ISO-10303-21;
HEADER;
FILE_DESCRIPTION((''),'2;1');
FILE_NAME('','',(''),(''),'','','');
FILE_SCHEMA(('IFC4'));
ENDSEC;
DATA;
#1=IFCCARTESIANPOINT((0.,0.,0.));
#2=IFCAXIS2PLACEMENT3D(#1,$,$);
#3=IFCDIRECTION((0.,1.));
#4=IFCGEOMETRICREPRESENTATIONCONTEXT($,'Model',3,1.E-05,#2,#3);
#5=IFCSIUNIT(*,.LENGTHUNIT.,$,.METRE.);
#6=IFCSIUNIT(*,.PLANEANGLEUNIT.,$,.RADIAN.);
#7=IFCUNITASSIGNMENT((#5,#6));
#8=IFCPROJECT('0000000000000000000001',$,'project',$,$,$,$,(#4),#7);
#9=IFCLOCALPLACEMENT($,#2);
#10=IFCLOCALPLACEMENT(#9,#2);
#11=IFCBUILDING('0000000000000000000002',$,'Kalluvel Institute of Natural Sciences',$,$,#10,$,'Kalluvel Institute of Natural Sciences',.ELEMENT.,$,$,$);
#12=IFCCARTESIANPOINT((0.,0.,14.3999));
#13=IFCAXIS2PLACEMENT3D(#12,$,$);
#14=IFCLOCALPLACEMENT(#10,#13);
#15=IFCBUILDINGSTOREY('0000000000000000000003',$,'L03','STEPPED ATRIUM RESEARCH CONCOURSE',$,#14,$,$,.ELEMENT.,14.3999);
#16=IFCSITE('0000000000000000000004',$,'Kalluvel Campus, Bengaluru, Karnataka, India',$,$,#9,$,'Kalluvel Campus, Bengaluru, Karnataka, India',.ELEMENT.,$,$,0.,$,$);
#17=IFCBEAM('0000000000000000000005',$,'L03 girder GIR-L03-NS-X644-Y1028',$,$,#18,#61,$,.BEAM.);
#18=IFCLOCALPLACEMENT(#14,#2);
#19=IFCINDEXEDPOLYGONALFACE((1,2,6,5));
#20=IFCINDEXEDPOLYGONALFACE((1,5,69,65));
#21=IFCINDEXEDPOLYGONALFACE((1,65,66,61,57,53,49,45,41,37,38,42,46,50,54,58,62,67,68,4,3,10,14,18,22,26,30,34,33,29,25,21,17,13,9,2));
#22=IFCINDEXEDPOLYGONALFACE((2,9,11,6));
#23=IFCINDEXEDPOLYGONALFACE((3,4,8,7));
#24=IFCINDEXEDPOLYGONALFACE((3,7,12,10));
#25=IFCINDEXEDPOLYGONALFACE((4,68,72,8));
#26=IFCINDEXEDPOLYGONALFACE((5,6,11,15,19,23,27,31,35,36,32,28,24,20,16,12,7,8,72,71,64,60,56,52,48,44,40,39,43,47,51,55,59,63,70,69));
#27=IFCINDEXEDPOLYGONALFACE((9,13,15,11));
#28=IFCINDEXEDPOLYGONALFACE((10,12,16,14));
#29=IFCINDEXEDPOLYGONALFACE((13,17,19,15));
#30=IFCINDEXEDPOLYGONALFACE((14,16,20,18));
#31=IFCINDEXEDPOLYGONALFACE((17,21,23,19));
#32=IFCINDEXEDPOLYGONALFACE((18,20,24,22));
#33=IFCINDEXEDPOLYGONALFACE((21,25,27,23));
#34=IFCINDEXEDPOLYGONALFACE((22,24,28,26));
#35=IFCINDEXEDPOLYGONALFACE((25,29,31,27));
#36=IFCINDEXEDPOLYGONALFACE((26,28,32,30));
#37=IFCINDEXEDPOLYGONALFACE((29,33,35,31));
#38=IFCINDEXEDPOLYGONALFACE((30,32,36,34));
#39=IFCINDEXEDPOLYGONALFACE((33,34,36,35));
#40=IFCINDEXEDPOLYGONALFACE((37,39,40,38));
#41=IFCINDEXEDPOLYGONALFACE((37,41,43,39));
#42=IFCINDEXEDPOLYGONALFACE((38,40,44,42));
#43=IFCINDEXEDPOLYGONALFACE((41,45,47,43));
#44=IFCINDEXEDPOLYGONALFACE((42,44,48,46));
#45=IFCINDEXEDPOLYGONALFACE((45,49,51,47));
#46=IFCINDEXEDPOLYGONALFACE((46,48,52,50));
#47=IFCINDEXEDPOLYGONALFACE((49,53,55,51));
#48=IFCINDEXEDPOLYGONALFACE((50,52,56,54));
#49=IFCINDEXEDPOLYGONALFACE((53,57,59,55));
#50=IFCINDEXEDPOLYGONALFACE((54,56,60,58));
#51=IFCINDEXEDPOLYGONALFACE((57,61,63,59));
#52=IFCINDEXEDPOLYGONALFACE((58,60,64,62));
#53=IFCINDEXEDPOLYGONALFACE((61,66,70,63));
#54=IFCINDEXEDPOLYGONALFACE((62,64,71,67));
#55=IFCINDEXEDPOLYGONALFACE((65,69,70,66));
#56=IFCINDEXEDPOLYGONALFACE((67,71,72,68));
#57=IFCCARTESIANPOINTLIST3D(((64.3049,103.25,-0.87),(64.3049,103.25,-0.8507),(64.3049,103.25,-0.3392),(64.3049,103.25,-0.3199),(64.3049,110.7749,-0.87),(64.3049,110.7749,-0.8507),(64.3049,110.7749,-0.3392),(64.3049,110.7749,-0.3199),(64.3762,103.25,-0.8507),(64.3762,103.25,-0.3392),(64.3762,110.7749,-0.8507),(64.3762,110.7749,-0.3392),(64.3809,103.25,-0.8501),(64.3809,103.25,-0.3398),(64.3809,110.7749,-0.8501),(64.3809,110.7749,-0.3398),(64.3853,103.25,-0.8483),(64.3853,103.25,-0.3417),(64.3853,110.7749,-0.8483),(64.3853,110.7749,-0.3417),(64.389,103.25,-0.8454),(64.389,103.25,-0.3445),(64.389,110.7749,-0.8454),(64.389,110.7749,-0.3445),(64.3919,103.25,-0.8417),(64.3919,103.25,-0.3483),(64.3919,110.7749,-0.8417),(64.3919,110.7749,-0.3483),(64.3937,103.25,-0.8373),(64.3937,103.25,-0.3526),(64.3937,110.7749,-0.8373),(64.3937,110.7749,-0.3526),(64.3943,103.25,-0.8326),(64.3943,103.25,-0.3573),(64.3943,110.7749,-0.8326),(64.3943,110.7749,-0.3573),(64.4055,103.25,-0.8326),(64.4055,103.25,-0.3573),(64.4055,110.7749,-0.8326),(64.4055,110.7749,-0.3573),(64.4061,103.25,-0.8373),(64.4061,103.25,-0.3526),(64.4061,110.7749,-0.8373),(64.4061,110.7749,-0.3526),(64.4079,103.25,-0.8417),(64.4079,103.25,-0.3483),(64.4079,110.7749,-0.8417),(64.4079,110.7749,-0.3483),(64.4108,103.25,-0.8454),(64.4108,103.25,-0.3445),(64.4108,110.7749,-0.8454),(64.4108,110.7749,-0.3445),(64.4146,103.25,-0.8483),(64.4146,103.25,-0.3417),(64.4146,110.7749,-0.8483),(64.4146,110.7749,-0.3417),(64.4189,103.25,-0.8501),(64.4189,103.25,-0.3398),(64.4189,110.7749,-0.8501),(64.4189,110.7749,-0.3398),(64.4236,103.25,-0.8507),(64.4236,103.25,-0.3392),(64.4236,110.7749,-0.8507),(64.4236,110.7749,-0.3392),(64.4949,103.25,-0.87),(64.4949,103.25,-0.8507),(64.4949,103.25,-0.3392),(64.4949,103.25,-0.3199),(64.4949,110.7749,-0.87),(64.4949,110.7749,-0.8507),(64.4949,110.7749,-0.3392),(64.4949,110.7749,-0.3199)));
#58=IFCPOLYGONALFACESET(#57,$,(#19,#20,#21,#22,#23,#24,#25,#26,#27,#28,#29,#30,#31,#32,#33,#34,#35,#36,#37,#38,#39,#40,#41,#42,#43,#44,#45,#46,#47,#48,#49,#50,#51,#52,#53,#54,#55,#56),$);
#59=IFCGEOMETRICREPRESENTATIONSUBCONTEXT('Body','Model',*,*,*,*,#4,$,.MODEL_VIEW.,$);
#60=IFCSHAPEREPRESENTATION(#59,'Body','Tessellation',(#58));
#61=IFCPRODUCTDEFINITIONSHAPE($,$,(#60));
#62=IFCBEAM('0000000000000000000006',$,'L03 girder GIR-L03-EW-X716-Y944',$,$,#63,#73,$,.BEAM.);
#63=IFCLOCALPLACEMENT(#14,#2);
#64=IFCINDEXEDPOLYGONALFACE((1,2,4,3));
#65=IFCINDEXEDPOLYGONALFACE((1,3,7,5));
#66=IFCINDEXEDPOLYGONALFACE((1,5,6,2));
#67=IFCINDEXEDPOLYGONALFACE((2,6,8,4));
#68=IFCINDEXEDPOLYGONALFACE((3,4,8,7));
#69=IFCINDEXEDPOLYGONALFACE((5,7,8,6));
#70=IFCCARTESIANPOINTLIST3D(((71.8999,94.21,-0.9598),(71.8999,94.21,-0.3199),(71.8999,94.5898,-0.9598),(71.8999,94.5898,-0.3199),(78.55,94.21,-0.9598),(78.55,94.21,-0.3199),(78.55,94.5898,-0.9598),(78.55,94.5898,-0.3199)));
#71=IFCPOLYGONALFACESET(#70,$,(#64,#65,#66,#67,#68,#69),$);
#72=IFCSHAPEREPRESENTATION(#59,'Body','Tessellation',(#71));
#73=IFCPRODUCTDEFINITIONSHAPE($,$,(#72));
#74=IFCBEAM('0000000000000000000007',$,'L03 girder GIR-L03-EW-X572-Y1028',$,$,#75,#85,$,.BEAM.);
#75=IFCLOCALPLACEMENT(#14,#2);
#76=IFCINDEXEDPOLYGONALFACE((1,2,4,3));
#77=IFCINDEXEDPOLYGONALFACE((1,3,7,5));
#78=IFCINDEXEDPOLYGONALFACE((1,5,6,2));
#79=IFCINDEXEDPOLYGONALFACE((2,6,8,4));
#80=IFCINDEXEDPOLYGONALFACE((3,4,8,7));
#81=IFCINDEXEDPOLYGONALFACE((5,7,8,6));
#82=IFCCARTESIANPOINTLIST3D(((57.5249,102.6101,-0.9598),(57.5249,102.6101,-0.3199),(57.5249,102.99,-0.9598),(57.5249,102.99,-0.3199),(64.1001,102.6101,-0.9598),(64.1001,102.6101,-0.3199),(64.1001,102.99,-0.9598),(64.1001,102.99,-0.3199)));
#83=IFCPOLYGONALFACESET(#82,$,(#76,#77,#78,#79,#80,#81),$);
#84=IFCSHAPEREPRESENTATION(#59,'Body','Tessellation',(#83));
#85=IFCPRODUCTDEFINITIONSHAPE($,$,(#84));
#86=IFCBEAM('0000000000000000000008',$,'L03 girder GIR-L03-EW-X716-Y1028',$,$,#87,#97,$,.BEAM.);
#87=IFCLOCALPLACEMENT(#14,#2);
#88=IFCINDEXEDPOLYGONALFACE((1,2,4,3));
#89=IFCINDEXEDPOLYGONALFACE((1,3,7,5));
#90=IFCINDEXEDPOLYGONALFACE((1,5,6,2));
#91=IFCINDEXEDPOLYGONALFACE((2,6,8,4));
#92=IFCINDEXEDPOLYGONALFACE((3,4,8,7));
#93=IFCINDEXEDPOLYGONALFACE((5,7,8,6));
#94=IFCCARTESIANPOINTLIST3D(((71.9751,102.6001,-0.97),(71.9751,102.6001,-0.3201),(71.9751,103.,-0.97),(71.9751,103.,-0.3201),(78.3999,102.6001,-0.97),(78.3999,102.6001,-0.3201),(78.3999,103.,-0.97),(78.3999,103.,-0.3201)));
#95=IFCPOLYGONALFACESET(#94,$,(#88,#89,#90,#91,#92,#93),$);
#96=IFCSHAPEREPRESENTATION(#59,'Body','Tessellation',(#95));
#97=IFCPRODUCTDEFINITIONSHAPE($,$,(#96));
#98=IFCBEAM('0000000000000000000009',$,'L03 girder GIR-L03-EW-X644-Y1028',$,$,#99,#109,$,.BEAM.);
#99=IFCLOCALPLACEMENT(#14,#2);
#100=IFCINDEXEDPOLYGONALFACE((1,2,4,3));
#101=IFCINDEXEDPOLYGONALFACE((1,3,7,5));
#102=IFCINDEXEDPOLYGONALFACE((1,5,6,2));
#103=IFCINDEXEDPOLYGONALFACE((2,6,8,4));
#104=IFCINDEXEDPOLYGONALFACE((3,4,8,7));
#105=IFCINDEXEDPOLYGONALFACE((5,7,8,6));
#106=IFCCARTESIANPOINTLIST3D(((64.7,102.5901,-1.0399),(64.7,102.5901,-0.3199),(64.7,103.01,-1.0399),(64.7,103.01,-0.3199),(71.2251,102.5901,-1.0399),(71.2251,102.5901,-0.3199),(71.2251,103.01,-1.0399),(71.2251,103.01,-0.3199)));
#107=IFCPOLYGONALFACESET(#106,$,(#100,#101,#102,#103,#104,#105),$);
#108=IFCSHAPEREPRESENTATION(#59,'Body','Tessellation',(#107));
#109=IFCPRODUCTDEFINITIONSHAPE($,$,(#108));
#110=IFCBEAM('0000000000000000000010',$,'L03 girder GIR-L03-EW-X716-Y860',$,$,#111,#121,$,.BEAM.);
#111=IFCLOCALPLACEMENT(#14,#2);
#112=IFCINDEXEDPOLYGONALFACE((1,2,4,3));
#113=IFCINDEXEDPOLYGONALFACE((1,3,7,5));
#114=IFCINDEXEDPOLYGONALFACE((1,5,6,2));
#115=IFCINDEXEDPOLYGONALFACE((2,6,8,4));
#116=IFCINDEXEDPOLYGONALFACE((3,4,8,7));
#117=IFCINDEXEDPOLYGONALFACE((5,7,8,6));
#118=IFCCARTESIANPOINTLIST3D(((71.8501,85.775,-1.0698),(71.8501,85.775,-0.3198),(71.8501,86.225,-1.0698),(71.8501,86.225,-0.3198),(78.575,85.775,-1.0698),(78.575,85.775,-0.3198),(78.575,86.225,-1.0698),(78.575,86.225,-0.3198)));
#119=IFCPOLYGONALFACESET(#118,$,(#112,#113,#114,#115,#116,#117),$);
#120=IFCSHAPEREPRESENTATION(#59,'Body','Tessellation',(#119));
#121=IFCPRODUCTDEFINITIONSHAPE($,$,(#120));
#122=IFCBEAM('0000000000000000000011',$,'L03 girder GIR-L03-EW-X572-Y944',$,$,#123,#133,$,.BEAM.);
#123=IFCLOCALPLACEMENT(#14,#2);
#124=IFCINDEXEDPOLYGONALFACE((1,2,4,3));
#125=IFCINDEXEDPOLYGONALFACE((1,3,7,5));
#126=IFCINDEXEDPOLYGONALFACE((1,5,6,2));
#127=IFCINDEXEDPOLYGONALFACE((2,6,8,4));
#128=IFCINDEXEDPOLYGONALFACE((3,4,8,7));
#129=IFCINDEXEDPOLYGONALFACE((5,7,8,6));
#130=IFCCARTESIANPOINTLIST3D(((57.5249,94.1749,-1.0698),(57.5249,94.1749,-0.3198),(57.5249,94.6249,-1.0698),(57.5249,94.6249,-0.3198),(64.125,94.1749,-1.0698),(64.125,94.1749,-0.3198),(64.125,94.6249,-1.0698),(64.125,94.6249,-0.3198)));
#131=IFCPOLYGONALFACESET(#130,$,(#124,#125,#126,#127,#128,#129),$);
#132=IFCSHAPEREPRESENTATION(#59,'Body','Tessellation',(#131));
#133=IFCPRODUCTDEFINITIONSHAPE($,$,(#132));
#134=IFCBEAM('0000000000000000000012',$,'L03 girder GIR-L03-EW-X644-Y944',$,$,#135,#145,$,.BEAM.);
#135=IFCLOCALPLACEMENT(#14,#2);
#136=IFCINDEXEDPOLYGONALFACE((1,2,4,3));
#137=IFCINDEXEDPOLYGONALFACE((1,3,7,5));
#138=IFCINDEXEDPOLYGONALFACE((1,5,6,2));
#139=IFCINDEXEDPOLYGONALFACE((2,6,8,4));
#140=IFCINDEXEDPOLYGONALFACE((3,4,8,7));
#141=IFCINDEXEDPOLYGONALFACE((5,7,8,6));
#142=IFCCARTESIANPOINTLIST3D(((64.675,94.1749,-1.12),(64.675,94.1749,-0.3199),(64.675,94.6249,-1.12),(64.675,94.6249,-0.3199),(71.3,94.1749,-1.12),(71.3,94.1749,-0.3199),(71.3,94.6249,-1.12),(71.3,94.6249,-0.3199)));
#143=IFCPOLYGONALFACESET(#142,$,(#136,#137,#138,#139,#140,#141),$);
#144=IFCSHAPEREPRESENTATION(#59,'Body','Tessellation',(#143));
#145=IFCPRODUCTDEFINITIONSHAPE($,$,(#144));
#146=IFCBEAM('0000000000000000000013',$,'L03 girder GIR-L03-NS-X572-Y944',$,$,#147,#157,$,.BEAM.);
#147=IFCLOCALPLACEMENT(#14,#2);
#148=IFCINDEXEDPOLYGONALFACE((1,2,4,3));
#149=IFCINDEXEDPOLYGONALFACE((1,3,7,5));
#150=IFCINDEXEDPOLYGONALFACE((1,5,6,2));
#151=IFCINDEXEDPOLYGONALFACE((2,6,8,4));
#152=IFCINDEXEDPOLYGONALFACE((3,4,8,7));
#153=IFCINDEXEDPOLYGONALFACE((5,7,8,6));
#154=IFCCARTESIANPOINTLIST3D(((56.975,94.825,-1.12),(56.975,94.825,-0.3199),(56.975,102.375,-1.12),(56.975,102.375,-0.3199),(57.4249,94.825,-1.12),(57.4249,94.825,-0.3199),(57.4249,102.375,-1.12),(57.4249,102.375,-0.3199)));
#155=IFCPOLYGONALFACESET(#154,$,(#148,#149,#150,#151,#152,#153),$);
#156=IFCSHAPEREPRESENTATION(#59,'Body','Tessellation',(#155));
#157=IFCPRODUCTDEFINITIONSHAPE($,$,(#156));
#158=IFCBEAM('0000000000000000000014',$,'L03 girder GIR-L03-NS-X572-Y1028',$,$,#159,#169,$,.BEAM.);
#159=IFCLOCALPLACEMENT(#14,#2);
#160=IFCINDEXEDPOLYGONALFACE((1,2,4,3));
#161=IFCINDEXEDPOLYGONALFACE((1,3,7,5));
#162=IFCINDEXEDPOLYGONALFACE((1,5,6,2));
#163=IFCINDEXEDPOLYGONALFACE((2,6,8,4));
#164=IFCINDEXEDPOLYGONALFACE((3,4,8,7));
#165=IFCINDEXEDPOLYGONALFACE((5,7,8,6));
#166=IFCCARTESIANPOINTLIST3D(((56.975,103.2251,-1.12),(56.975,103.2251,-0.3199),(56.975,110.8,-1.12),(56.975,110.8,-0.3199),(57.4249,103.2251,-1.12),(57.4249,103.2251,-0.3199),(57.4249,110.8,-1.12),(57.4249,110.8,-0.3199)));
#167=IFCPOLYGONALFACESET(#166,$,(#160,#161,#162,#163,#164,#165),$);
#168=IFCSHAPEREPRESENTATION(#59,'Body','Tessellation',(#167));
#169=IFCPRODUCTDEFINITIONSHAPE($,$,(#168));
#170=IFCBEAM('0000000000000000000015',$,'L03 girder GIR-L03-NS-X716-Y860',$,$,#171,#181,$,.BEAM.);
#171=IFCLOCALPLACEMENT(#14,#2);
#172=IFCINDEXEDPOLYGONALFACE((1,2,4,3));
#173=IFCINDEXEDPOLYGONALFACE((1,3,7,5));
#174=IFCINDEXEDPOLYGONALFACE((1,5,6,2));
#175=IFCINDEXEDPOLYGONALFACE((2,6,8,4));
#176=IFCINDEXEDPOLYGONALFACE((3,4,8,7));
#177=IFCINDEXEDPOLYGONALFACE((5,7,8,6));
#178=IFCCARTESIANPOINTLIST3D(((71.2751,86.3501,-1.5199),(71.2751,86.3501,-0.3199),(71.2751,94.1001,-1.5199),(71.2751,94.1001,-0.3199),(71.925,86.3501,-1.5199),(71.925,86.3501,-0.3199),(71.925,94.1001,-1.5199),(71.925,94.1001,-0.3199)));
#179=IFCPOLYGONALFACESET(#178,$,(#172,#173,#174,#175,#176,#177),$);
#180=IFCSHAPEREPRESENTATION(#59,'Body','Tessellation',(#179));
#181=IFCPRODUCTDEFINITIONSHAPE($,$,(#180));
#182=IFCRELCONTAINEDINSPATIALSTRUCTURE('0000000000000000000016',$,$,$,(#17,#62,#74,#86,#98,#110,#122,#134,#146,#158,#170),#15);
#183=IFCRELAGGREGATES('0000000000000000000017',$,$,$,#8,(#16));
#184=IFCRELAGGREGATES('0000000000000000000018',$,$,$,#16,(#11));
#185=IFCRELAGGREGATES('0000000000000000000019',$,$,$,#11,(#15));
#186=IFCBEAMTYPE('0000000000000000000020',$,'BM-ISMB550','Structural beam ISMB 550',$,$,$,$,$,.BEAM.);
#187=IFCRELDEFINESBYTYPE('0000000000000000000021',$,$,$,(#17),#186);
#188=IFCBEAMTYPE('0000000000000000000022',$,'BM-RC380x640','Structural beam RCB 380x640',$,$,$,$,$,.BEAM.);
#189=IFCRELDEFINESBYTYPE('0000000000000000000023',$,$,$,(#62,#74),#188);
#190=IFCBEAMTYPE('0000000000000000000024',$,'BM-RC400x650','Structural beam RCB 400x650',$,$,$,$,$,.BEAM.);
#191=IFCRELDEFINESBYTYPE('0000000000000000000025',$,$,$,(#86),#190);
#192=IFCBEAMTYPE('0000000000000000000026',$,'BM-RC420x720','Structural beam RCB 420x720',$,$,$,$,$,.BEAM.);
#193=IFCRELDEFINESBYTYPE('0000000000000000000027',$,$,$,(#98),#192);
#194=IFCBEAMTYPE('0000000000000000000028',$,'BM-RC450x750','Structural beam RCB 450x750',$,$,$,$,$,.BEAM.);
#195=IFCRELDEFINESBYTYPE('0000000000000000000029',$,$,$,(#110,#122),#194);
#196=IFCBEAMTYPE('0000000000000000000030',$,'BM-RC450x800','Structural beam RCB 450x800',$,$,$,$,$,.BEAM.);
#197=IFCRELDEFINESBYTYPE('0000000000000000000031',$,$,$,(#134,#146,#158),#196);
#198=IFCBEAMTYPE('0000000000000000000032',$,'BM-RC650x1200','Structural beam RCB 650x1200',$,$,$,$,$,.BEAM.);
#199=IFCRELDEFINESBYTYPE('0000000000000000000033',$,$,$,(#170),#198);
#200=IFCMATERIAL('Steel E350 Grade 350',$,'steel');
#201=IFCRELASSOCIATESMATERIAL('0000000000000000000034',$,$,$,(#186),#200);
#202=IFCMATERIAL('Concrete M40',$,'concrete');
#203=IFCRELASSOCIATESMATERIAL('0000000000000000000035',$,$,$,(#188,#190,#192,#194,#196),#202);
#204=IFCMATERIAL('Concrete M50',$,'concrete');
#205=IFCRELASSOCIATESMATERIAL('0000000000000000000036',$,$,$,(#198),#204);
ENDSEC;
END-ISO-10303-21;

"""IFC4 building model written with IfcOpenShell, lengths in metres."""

from ifc_helpers import new_model, si_unit, direction, frame, origin, origin_2d, place, context, subcontext, project, spatial, rectangle, i_section, extrude, material, material_profile, profile_set, type_object, element, save


model = new_model("IFC4")

# Units and contexts
model_context = context("Model", 3, precision=1e-05, world=origin(), true_north=direction((0.0, 1.0)))
body_context = subcontext(model_context, "Body", "Model", "MODEL_VIEW")
ifc_project = project(units=[si_unit("LENGTHUNIT", "METRE"), si_unit("PLANEANGLEUNIT", "RADIAN")], contexts=[model_context])

# Site, building, storey
site_placement = place(None, origin())
site = spatial("IfcSite", under=ifc_project, at=site_placement, Name="Kalluvel Campus, Bengaluru, Karnataka, India", LongName="Kalluvel Campus, Bengaluru, Karnataka, India", CompositionType="ELEMENT", RefElevation=0.0)
building_placement = place(site_placement, origin())
building = spatial("IfcBuilding", under=site, at=building_placement, Name="Kalluvel Institute of Natural Sciences", LongName="Kalluvel Institute of Natural Sciences", CompositionType="ELEMENT")
storey_placement = place(building_placement, frame((0.0, 0.0, 14.3999)))
storey = spatial("IfcBuildingStorey", under=building, at=storey_placement, Name="L03", Description="STEPPED ATRIUM RESEARCH CONCOURSE", CompositionType="ELEMENT", Elevation=14.3999)

# Shared definitions
ifc_material_1 = material(Name="Concrete M40", Category="concrete")
ifc_material_2 = material(Name="Concrete M50", Category="concrete")

# Beams
ifc_material_3 = material(Name="Steel E350 Grade 350", Category="steel")
ifc_material_profile_1 = material_profile(ifc_material_3, i_section(OverallWidth=0.1899, OverallDepth=0.55, WebThickness=0.0112, FlangeThickness=0.0193, FilletRadius=0.0181, at=origin_2d()), Name="ISMB 550")
ifc_profile_set_1 = profile_set([ifc_material_profile_1], Name="Steel E350 Grade 350")
beam_type_1 = type_object("IfcBeamType", Name="BM-ISMB550", Description="Structural beam ISMB 550", PredefinedType="BEAM", material=ifc_profile_set_1)
beam_1_placement = place(storey_placement, frame((64.3999, 103.25, -0.595), z_axis=(0.0, 1.0, 0.0), x_axis=(-1.0, 0.0, 0.0)))
element("IfcBeam", 1, at=beam_1_placement, inside=storey, type_object=beam_type_1, Name="L03 girder GIR-L03-NS-X644-Y1028", PredefinedType="BEAM", context=body_context, shape_type="SweptSolid", body=[
    extrude(i_section(OverallWidth=0.1899, OverallDepth=0.55, WebThickness=0.0112, FlangeThickness=0.0193, FilletRadius=0.0181, at=origin_2d()), origin(), (0.0, 0.0, 1.0), 7.5249),
])
ifc_material_profile_2 = material_profile(ifc_material_1, rectangle(XDim=0.3799, YDim=0.6399, at=origin_2d()), Name="RCB 380x640")
ifc_profile_set_2 = profile_set([ifc_material_profile_2], Name="Concrete M40")
beam_type_2 = type_object("IfcBeamType", Name="BM-RC380x640", Description="Structural beam RCB 380x640", PredefinedType="BEAM", material=ifc_profile_set_2)
beam_2_placement = place(storey_placement, frame((71.8999, 94.3999, -0.6399), z_axis=(1.0, 0.0, 0.0), x_axis=(0.0, 1.0, 0.0)))
element("IfcBeam", 2, at=beam_2_placement, inside=storey, type_object=beam_type_2, Name="L03 girder GIR-L03-EW-X716-Y944", PredefinedType="BEAM", context=body_context, shape_type="SweptSolid", body=[
    extrude(rectangle(XDim=0.3799, YDim=0.6399, at=origin_2d()), origin(), (0.0, 0.0, 1.0), 6.6501),
])
beam_3_placement = place(storey_placement, frame((57.5249, 102.8, -0.6399), z_axis=(1.0, 0.0, 0.0), x_axis=(0.0, 1.0, 0.0)))
element("IfcBeam", 3, at=beam_3_placement, inside=storey, type_object=beam_type_2, Name="L03 girder GIR-L03-EW-X572-Y1028", PredefinedType="BEAM", context=body_context, shape_type="SweptSolid", body=[
    extrude(rectangle(XDim=0.3799, YDim=0.6399, at=origin_2d()), origin(), (0.0, 0.0, 1.0), 6.5752),
])
ifc_material_profile_3 = material_profile(ifc_material_1, rectangle(XDim=0.3999, YDim=0.6499, at=origin_2d()), Name="RCB 400x650")
ifc_profile_set_3 = profile_set([ifc_material_profile_3], Name="Concrete M40")
beam_type_3 = type_object("IfcBeamType", Name="BM-RC400x650", Description="Structural beam RCB 400x650", PredefinedType="BEAM", material=ifc_profile_set_3)
beam_4_placement = place(storey_placement, frame((71.9751, 102.8, -0.645), z_axis=(1.0, 0.0, 0.0), x_axis=(0.0, 1.0, 0.0)))
element("IfcBeam", 4, at=beam_4_placement, inside=storey, type_object=beam_type_3, Name="L03 girder GIR-L03-EW-X716-Y1028", PredefinedType="BEAM", context=body_context, shape_type="SweptSolid", body=[
    extrude(rectangle(XDim=0.3999, YDim=0.6499, at=origin_2d()), origin(), (0.0, 0.0, 1.0), 6.4248),
])
ifc_material_profile_4 = material_profile(ifc_material_1, rectangle(XDim=0.4199, YDim=0.72, at=origin_2d()), Name="RCB 420x720")
ifc_profile_set_4 = profile_set([ifc_material_profile_4], Name="Concrete M40")
beam_type_4 = type_object("IfcBeamType", Name="BM-RC420x720", Description="Structural beam RCB 420x720", PredefinedType="BEAM", material=ifc_profile_set_4)
beam_5_placement = place(storey_placement, frame((64.7, 102.8, -0.6799), z_axis=(1.0, 0.0, 0.0), x_axis=(0.0, 1.0, 0.0)))
element("IfcBeam", 5, at=beam_5_placement, inside=storey, type_object=beam_type_4, Name="L03 girder GIR-L03-EW-X644-Y1028", PredefinedType="BEAM", context=body_context, shape_type="SweptSolid", body=[
    extrude(rectangle(XDim=0.4199, YDim=0.72, at=origin_2d()), origin(), (0.0, 0.0, 1.0), 6.5251),
])
ifc_material_profile_5 = material_profile(ifc_material_1, rectangle(XDim=0.45, YDim=0.75, at=origin_2d()), Name="RCB 450x750")
ifc_profile_set_5 = profile_set([ifc_material_profile_5], Name="Concrete M40")
beam_type_5 = type_object("IfcBeamType", Name="BM-RC450x750", Description="Structural beam RCB 450x750", PredefinedType="BEAM", material=ifc_profile_set_5)
beam_6_placement = place(storey_placement, frame((71.8501, 86.0, -0.6948), z_axis=(1.0, 0.0, 0.0), x_axis=(0.0, 1.0, 0.0)))
element("IfcBeam", 6, at=beam_6_placement, inside=storey, type_object=beam_type_5, Name="L03 girder GIR-L03-EW-X716-Y860", PredefinedType="BEAM", context=body_context, shape_type="SweptSolid", body=[
    extrude(rectangle(XDim=0.45, YDim=0.75, at=origin_2d()), origin(), (0.0, 0.0, 1.0), 6.7249),
])
beam_7_placement = place(storey_placement, frame((57.5249, 94.3999, -0.6948), z_axis=(1.0, 0.0, 0.0), x_axis=(0.0, 1.0, 0.0)))
element("IfcBeam", 7, at=beam_7_placement, inside=storey, type_object=beam_type_5, Name="L03 girder GIR-L03-EW-X572-Y944", PredefinedType="BEAM", context=body_context, shape_type="SweptSolid", body=[
    extrude(rectangle(XDim=0.45, YDim=0.75, at=origin_2d()), origin(), (0.0, 0.0, 1.0), 6.6001),
])
ifc_material_profile_6 = material_profile(ifc_material_1, rectangle(XDim=0.45, YDim=0.8, at=origin_2d()), Name="RCB 450x800")
ifc_profile_set_6 = profile_set([ifc_material_profile_6], Name="Concrete M40")
beam_type_6 = type_object("IfcBeamType", Name="BM-RC450x800", Description="Structural beam RCB 450x800", PredefinedType="BEAM", material=ifc_profile_set_6)
beam_8_placement = place(storey_placement, frame((64.675, 94.3999, -0.72), z_axis=(1.0, 0.0, 0.0), x_axis=(0.0, 1.0, 0.0)))
element("IfcBeam", 8, at=beam_8_placement, inside=storey, type_object=beam_type_6, Name="L03 girder GIR-L03-EW-X644-Y944", PredefinedType="BEAM", context=body_context, shape_type="SweptSolid", body=[
    extrude(rectangle(XDim=0.45, YDim=0.8, at=origin_2d()), origin(), (0.0, 0.0, 1.0), 6.625),
])
beam_9_placement = place(storey_placement, frame((57.2, 94.825, -0.72), z_axis=(0.0, 1.0, 0.0), x_axis=(-1.0, 0.0, 0.0)))
element("IfcBeam", 9, at=beam_9_placement, inside=storey, type_object=beam_type_6, Name="L03 girder GIR-L03-NS-X572-Y944", PredefinedType="BEAM", context=body_context, shape_type="SweptSolid", body=[
    extrude(rectangle(XDim=0.45, YDim=0.8, at=origin_2d()), origin(), (0.0, 0.0, 1.0), 7.55),
])
beam_10_placement = place(storey_placement, frame((57.2, 103.2251, -0.72), z_axis=(0.0, 1.0, 0.0), x_axis=(-1.0, 0.0, 0.0)))
element("IfcBeam", 10, at=beam_10_placement, inside=storey, type_object=beam_type_6, Name="L03 girder GIR-L03-NS-X572-Y1028", PredefinedType="BEAM", context=body_context, shape_type="SweptSolid", body=[
    extrude(rectangle(XDim=0.45, YDim=0.8, at=origin_2d()), origin(), (0.0, 0.0, 1.0), 7.575),
])
ifc_material_profile_7 = material_profile(ifc_material_2, rectangle(XDim=0.6499, YDim=1.2, at=origin_2d()), Name="RCB 650x1200")
ifc_profile_set_7 = profile_set([ifc_material_profile_7], Name="Concrete M50")
beam_type_7 = type_object("IfcBeamType", Name="BM-RC650x1200", Description="Structural beam RCB 650x1200", PredefinedType="BEAM", material=ifc_profile_set_7)
beam_11_placement = place(storey_placement, frame((71.6001, 86.3501, -0.9199), z_axis=(0.0, 1.0, 0.0), x_axis=(-1.0, 0.0, 0.0)))
element("IfcBeam", 11, at=beam_11_placement, inside=storey, type_object=beam_type_7, Name="L03 girder GIR-L03-NS-X716-Y860", PredefinedType="BEAM", context=body_context, shape_type="SweptSolid", body=[
    extrude(rectangle(XDim=0.6499, YDim=1.2, at=origin_2d()), origin(), (0.0, 0.0, 1.0), 7.75),
])

save(model, "model.ifc")
